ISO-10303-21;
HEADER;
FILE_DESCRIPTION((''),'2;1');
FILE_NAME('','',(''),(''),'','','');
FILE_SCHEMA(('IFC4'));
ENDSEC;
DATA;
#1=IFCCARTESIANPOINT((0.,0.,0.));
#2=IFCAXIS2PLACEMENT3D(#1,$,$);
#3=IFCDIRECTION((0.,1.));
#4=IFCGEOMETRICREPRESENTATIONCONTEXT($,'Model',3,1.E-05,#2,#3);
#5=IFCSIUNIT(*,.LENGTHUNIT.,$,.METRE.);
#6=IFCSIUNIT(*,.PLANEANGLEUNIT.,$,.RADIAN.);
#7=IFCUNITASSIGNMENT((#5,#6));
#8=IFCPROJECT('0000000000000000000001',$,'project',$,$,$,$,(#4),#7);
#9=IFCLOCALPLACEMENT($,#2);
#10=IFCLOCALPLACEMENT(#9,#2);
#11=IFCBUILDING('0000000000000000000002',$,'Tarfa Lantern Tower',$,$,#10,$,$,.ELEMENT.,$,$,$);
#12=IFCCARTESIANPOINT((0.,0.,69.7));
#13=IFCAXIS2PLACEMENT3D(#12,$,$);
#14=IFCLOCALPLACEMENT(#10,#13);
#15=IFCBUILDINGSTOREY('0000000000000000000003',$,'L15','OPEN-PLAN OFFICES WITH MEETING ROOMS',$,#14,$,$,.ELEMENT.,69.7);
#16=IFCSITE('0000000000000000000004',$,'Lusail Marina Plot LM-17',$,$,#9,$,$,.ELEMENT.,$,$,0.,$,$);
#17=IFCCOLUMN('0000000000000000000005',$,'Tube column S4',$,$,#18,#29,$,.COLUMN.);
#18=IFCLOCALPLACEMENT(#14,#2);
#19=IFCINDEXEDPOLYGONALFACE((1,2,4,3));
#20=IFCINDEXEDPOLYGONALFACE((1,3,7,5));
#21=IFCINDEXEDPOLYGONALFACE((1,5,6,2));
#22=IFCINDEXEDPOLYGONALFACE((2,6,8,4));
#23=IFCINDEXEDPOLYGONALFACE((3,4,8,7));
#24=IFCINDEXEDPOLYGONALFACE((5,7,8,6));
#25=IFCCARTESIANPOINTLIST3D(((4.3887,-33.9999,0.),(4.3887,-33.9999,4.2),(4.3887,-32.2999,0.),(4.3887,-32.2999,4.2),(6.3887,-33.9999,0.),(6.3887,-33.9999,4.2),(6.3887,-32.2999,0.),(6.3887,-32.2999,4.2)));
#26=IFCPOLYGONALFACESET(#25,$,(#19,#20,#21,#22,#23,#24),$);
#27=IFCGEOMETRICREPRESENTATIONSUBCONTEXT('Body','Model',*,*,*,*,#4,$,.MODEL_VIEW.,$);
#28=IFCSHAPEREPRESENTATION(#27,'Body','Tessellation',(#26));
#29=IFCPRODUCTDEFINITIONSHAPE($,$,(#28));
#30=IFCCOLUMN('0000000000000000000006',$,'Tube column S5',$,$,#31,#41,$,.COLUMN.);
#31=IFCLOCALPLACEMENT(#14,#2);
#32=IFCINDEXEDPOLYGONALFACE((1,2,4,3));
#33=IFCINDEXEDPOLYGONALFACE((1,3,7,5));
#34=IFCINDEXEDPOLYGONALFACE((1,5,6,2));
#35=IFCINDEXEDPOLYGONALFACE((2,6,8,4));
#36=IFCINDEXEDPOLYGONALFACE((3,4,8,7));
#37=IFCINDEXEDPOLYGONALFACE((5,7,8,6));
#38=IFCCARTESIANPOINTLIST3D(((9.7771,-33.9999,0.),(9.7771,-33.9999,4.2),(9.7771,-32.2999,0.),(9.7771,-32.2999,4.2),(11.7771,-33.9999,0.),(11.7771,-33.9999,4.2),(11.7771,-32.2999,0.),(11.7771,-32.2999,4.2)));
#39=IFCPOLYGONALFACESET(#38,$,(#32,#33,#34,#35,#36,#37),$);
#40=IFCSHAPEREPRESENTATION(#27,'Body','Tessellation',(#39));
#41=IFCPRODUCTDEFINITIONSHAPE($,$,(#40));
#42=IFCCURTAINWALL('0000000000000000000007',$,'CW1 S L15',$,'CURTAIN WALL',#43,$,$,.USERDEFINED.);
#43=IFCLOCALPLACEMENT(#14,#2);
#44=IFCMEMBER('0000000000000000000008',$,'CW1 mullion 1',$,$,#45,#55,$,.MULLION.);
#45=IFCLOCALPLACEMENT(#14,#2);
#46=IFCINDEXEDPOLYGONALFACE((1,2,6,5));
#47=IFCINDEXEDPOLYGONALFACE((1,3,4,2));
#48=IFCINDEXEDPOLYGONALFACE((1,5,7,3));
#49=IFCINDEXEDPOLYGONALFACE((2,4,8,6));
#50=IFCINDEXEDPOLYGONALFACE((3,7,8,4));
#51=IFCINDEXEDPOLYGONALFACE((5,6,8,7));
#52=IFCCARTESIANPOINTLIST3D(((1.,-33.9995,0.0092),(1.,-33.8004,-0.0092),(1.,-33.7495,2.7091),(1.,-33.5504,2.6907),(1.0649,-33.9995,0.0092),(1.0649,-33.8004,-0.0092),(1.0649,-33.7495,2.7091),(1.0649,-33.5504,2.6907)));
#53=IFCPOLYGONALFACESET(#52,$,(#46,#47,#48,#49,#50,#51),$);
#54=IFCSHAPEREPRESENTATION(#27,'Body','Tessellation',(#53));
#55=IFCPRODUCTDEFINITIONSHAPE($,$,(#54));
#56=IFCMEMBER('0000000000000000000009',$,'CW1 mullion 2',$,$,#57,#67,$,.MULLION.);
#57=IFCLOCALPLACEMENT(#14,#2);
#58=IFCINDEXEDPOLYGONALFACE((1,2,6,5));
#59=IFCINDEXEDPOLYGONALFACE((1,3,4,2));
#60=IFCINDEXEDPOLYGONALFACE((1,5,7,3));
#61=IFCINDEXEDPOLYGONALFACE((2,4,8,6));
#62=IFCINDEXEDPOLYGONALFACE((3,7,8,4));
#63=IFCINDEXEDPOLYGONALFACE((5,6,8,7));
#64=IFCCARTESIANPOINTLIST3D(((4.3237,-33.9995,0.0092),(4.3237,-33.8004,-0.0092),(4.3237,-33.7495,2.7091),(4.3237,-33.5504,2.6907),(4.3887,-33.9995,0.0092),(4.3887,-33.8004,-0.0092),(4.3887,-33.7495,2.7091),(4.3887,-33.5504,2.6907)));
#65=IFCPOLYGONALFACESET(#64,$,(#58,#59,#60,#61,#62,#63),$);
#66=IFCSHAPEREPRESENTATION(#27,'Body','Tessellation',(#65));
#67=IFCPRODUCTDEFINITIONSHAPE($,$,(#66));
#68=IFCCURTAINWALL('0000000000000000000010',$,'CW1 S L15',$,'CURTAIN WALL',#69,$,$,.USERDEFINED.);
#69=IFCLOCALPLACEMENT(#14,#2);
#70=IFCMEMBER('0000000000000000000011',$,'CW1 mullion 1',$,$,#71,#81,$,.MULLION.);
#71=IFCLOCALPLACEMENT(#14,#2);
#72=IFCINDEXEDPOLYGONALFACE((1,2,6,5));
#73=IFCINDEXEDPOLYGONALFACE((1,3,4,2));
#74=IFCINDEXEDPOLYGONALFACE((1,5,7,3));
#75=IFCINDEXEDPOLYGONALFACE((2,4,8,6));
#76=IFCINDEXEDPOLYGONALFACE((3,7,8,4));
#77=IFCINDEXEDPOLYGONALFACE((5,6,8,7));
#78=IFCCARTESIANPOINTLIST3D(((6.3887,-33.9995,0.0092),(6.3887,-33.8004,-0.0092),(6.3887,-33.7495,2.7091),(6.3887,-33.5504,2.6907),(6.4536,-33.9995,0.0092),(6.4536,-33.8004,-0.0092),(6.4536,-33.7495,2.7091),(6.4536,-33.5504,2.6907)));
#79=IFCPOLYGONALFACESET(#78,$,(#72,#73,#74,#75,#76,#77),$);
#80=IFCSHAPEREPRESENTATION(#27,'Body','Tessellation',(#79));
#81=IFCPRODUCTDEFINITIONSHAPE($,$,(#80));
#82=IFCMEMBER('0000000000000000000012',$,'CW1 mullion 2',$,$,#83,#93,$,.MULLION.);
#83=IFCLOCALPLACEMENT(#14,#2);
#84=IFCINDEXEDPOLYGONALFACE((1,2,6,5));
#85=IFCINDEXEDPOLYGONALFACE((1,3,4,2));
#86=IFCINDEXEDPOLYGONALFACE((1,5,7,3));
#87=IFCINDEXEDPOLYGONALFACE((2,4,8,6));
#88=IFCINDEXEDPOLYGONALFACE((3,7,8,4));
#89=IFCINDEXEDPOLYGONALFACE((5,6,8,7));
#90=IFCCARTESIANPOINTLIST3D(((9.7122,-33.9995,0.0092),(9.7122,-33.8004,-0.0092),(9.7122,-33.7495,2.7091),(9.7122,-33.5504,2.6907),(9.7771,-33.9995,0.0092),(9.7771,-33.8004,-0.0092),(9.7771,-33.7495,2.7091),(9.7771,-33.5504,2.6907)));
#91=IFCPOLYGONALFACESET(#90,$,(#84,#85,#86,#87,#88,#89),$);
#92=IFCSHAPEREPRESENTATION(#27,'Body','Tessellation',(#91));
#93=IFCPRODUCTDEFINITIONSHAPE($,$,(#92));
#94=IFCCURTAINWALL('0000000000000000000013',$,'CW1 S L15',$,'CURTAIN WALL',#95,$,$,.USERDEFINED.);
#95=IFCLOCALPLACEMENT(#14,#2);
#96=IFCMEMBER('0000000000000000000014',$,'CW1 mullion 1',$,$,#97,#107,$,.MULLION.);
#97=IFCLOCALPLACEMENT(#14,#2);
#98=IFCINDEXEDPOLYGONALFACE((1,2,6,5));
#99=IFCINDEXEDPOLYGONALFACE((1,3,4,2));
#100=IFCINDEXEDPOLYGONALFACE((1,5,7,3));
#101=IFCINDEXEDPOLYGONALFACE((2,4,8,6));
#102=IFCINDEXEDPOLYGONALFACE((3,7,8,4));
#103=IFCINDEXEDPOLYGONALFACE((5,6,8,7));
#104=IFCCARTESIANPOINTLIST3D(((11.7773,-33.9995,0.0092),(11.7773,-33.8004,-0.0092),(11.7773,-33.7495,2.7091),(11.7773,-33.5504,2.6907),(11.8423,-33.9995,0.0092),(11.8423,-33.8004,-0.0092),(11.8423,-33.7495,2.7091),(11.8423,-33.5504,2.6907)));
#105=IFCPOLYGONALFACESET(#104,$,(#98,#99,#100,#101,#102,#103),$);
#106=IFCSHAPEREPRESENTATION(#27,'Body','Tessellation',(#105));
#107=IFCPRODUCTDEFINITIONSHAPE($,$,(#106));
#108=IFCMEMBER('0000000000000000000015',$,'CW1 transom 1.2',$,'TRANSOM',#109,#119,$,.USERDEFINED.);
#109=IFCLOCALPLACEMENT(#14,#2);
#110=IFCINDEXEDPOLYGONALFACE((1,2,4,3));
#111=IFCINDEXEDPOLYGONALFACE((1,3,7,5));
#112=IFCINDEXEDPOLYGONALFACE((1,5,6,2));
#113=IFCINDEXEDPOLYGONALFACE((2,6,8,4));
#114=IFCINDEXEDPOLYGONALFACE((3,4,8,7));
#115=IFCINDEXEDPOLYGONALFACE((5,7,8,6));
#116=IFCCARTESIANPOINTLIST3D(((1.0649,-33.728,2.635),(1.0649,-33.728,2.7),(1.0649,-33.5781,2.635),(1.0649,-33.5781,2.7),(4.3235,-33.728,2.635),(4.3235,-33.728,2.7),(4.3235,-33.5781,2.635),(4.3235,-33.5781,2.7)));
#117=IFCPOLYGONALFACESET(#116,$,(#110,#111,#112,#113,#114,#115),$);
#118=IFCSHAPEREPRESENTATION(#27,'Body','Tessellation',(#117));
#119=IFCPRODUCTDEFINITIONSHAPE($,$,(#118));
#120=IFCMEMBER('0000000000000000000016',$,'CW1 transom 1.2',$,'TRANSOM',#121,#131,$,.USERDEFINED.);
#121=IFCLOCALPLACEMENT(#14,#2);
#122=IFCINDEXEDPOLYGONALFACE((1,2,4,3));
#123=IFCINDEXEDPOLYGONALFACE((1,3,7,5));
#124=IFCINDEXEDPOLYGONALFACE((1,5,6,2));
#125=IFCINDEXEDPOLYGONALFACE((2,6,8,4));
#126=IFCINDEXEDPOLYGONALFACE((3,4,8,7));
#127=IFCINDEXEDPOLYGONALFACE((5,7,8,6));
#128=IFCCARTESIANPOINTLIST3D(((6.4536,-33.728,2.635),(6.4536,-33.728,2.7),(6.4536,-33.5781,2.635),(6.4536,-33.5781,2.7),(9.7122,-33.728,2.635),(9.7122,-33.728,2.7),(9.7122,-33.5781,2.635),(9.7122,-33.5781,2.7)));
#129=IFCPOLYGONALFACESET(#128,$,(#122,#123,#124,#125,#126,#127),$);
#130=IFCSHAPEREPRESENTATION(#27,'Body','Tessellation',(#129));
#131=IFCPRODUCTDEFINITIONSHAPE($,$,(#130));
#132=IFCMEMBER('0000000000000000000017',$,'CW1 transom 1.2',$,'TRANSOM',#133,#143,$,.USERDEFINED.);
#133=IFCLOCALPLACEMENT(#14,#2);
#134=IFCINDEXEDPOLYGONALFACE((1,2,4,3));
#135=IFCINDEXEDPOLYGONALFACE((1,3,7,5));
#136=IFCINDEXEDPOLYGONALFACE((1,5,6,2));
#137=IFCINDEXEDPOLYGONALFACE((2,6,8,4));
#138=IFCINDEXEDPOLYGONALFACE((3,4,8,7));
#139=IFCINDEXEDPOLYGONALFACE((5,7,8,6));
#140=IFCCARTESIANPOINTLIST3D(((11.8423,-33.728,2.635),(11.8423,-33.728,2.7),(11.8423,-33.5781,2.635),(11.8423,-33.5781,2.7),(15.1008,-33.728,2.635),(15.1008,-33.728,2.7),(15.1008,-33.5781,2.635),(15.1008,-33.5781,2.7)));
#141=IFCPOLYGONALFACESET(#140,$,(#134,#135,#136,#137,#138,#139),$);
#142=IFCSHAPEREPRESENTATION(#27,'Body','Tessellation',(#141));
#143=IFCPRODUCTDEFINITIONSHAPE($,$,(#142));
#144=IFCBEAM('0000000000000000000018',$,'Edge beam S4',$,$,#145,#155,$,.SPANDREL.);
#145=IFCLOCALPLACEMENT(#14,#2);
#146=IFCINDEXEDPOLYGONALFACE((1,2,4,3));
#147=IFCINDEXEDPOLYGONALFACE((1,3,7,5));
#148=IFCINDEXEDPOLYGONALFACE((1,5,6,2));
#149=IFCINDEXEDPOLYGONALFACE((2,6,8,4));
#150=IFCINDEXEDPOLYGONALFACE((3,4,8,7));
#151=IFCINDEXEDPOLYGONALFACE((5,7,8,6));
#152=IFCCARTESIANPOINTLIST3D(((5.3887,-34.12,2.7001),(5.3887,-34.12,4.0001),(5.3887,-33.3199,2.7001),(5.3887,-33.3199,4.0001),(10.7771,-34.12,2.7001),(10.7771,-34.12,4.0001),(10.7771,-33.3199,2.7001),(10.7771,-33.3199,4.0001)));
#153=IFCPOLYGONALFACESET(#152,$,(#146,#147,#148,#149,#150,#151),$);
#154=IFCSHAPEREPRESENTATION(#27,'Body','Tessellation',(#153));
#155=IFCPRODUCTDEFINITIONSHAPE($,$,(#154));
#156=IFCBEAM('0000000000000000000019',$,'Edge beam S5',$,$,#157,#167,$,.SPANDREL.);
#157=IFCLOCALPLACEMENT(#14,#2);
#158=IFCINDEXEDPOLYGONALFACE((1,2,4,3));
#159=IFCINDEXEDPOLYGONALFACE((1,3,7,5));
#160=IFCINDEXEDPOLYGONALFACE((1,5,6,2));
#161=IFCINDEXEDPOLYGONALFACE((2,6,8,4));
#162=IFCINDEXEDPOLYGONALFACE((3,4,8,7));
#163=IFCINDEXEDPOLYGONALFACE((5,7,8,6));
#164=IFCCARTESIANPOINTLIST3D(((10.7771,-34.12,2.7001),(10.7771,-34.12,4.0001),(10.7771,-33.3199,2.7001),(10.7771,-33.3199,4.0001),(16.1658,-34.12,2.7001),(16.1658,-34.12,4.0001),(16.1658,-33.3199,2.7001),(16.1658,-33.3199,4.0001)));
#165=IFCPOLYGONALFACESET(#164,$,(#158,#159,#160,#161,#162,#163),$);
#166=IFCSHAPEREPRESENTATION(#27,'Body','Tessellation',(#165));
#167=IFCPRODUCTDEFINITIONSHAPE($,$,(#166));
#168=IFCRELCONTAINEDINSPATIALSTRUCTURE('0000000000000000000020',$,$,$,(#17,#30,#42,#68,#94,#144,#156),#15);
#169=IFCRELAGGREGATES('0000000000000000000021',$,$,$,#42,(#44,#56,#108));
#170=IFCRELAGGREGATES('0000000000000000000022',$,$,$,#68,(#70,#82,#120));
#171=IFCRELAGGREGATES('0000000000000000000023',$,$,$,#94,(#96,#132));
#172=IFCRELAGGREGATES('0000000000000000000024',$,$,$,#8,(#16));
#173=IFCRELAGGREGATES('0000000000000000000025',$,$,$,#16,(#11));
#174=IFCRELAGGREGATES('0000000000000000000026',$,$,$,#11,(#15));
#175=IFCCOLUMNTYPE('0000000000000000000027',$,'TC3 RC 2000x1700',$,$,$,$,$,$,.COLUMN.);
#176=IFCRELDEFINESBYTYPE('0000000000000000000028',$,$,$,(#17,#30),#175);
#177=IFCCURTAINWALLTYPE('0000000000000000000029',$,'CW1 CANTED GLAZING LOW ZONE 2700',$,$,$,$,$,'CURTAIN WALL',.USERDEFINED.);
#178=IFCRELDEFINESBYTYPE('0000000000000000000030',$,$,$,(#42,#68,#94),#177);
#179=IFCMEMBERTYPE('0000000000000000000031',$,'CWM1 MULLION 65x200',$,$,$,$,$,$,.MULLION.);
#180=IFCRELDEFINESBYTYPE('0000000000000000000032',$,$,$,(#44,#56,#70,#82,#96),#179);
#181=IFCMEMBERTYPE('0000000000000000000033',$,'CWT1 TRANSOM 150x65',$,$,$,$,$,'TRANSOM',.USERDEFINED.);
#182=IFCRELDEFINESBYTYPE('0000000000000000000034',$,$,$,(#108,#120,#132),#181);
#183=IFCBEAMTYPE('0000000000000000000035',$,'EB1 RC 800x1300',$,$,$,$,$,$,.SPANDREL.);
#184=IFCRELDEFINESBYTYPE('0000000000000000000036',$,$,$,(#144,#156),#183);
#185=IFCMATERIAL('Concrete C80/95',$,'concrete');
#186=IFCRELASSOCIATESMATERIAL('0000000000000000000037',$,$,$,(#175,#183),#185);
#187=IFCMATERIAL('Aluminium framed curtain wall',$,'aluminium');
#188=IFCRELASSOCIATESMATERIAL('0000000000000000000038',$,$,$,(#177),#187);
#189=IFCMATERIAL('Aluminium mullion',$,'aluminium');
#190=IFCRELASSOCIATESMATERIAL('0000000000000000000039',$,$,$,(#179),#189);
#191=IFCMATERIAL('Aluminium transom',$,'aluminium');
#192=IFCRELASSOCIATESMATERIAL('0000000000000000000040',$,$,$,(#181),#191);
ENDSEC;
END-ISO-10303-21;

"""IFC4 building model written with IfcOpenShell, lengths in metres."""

from ifc_helpers import new_model, si_unit, direction, frame, origin, origin_2d, place, context, subcontext, project, spatial, rectangle, extrude, material, material_profile, profile_set, type_object, element, aggregate, save


model = new_model("IFC4")

# Units and contexts
model_context = context("Model", 3, precision=1e-05, world=origin(), true_north=direction((0.0, 1.0)))
body_context = subcontext(model_context, "Body", "Model", "MODEL_VIEW")
ifc_project = project(units=[si_unit("LENGTHUNIT", "METRE"), si_unit("PLANEANGLEUNIT", "RADIAN")], contexts=[model_context])

# Site, building, storey
site_placement = place(None, origin())
site = spatial("IfcSite", under=ifc_project, at=site_placement, Name="Lusail Marina Plot LM-17", CompositionType="ELEMENT", RefElevation=0.0)
building_placement = place(site_placement, origin())
building = spatial("IfcBuilding", under=site, at=building_placement, Name="Tarfa Lantern Tower", CompositionType="ELEMENT")
storey_placement = place(building_placement, frame((0.0, 0.0, 69.7)))
storey = spatial("IfcBuildingStorey", under=building, at=storey_placement, Name="L15", Description="OPEN-PLAN OFFICES WITH MEETING ROOMS", CompositionType="ELEMENT", Elevation=69.7)

# Columns
ifc_material_1 = material(Name="Concrete C80/95", Category="concrete")
ifc_material_profile_1 = material_profile(ifc_material_1, rectangle(XDim=2.0, YDim=1.7, at=origin_2d()), Name="RC 2000x1700")
ifc_profile_set_1 = profile_set([ifc_material_profile_1], Name="Concrete C80/95")
column_type = type_object("IfcColumnType", Name="TC3 RC 2000x1700", PredefinedType="COLUMN", material=ifc_profile_set_1)
for number, where, z_axis, x_axis, name in (
    (1, (5.3887, -33.1499, 0.0), (0.0, 0.0, 1.0), (1.0, 0.0, 0.0), "Tube column S4"),
    (2, (10.7771, -33.1499, 0.0), (0.0, 0.0, 1.0), (1.0, 0.0, 0.0), "Tube column S5"),
):
    element("IfcColumn", number, at=place(storey_placement, frame(where, z_axis=z_axis, x_axis=x_axis)), inside=storey, type_object=column_type, Name=name, PredefinedType="COLUMN", context=body_context, shape_type="SweptSolid", body=[
        extrude(rectangle(XDim=2.0, YDim=1.7, at=origin_2d()), origin(), (0.0, 0.0, 1.0), 4.2),
    ])

# Curtain walls, members
ifc_material_2 = material(Name="Aluminium framed curtain wall", Category="aluminium")
curtain_wall_type = type_object("IfcCurtainWallType", Name="CW1 CANTED GLAZING LOW ZONE 2700", ElementType="CURTAIN WALL", PredefinedType="USERDEFINED", material=ifc_material_2)
curtain_wall_1_placement = place(storey_placement, origin())
curtain_wall_1 = element("IfcCurtainWall", 3, at=curtain_wall_1_placement, inside=storey, type_object=curtain_wall_type, Name="CW1 S L15", ObjectType="CURTAIN WALL", PredefinedType="USERDEFINED")
ifc_material_3 = material(Name="Aluminium mullion", Category="aluminium")
ifc_material_profile_2 = material_profile(ifc_material_3, rectangle(XDim=0.0649, YDim=0.2, at=origin_2d()), Name="AL MULLION 65x200")
ifc_profile_set_2 = profile_set([ifc_material_profile_2], Name="Aluminium mullion")
member_type_1 = type_object("IfcMemberType", Name="CWM1 MULLION 65x200", PredefinedType="MULLION", material=ifc_profile_set_2)
member_1_placement = place(storey_placement, frame((1.0325, -33.8999, 0.0), z_axis=(0.0, 0.0922, 0.995741), x_axis=(-1.0, 0.0, 0.0)))
member_1 = element("IfcMember", 4, at=member_1_placement, type_object=member_type_1, Name="CW1 mullion 1", PredefinedType="MULLION", context=body_context, shape_type="SweptSolid", body=[
    extrude(rectangle(XDim=0.0649, YDim=0.2, at=origin_2d()), origin(), (0.0, 0.0, 1.0), 2.7114),
])
member_2_placement = place(storey_placement, frame((4.3562, -33.8999, 0.0), z_axis=(0.0, 0.0922, 0.995741), x_axis=(-1.0, 0.0, 0.0)))
member_2 = element("IfcMember", 5, at=member_2_placement, type_object=member_type_1, Name="CW1 mullion 2", PredefinedType="MULLION", context=body_context, shape_type="SweptSolid", body=[
    extrude(rectangle(XDim=0.0649, YDim=0.2, at=origin_2d()), origin(), (0.0, 0.0, 1.0), 2.7114),
])
curtain_wall_2_placement = place(storey_placement, origin())
curtain_wall_2 = element("IfcCurtainWall", 6, at=curtain_wall_2_placement, inside=storey, type_object=curtain_wall_type, Name="CW1 S L15", ObjectType="CURTAIN WALL", PredefinedType="USERDEFINED")
member_3_placement = place(storey_placement, frame((6.4211, -33.8999, 0.0), z_axis=(0.0, 0.0922, 0.995741), x_axis=(-1.0, 0.0, 0.0)))
member_3 = element("IfcMember", 7, at=member_3_placement, type_object=member_type_1, Name="CW1 mullion 1", PredefinedType="MULLION", context=body_context, shape_type="SweptSolid", body=[
    extrude(rectangle(XDim=0.0649, YDim=0.2, at=origin_2d()), origin(), (0.0, 0.0, 1.0), 2.7114),
])
member_4_placement = place(storey_placement, frame((9.7446, -33.8999, 0.0), z_axis=(0.0, 0.0922, 0.995741), x_axis=(-1.0, 0.0, 0.0)))
member_4 = element("IfcMember", 8, at=member_4_placement, type_object=member_type_1, Name="CW1 mullion 2", PredefinedType="MULLION", context=body_context, shape_type="SweptSolid", body=[
    extrude(rectangle(XDim=0.0649, YDim=0.2, at=origin_2d()), origin(), (0.0, 0.0, 1.0), 2.7114),
])

# Curtain wall, member
curtain_wall_3_placement = place(storey_placement, origin())
curtain_wall_3 = element("IfcCurtainWall", 9, at=curtain_wall_3_placement, inside=storey, type_object=curtain_wall_type, Name="CW1 S L15", ObjectType="CURTAIN WALL", PredefinedType="USERDEFINED")
member_5_placement = place(storey_placement, frame((11.8098, -33.8999, 0.0), z_axis=(0.0, 0.0922, 0.995741), x_axis=(-1.0, 0.0, 0.0)))
member_5 = element("IfcMember", 10, at=member_5_placement, type_object=member_type_1, Name="CW1 mullion 1", PredefinedType="MULLION", context=body_context, shape_type="SweptSolid", body=[
    extrude(rectangle(XDim=0.0649, YDim=0.2, at=origin_2d()), origin(), (0.0, 0.0, 1.0), 2.7114),
])

# Members
ifc_material_4 = material(Name="Aluminium transom", Category="aluminium")
ifc_material_profile_3 = material_profile(ifc_material_4, rectangle(XDim=0.1499, YDim=0.0649, at=origin_2d()), Name="AL TRANSOM 150x65")
ifc_profile_set_3 = profile_set([ifc_material_profile_3], Name="Aluminium transom")
member_type_2 = type_object("IfcMemberType", Name="CWT1 TRANSOM 150x65", ElementType="TRANSOM", PredefinedType="USERDEFINED", material=ifc_profile_set_3)
member_6_placement = place(storey_placement, frame((1.0649, -33.6531, 2.6675), z_axis=(1.0, 0.0, 0.0), x_axis=(0.0, 1.0, 0.0)))
member_6 = element("IfcMember", 11, at=member_6_placement, type_object=member_type_2, Name="CW1 transom 1.2", ObjectType="TRANSOM", PredefinedType="USERDEFINED", context=body_context, shape_type="SweptSolid", body=[
    extrude(rectangle(XDim=0.1499, YDim=0.0649, at=origin_2d()), origin(), (0.0, 0.0, 1.0), 3.2585),
])
member_7_placement = place(storey_placement, frame((6.4536, -33.6531, 2.6675), z_axis=(1.0, 0.0, 0.0), x_axis=(0.0, 1.0, 0.0)))
member_7 = element("IfcMember", 12, at=member_7_placement, type_object=member_type_2, Name="CW1 transom 1.2", ObjectType="TRANSOM", PredefinedType="USERDEFINED", context=body_context, shape_type="SweptSolid", body=[
    extrude(rectangle(XDim=0.1499, YDim=0.0649, at=origin_2d()), origin(), (0.0, 0.0, 1.0), 3.2585),
])
member_8_placement = place(storey_placement, frame((11.8423, -33.6531, 2.6675), z_axis=(1.0, 0.0, 0.0), x_axis=(0.0, 1.0, 0.0)))
member_8 = element("IfcMember", 13, at=member_8_placement, type_object=member_type_2, Name="CW1 transom 1.2", ObjectType="TRANSOM", PredefinedType="USERDEFINED", context=body_context, shape_type="SweptSolid", body=[
    extrude(rectangle(XDim=0.1499, YDim=0.0649, at=origin_2d()), origin(), (0.0, 0.0, 1.0), 3.2585),
])

# Beams
ifc_material_profile_4 = material_profile(ifc_material_1, rectangle(XDim=0.8, YDim=1.3, at=origin_2d()), Name="RC 800x1300")
ifc_profile_set_4 = profile_set([ifc_material_profile_4], Name="Concrete C80/95")
beam_type_1 = type_object("IfcBeamType", Name="EB1 RC 800x1300", PredefinedType="SPANDREL", material=ifc_profile_set_4)
beam_1_placement = place(storey_placement, frame((5.3887, -33.72, 3.3501), z_axis=(1.0, 0.0, 0.0), x_axis=(0.0, 1.0, 0.0)))
element("IfcBeam", 14, at=beam_1_placement, inside=storey, type_object=beam_type_1, Name="Edge beam S4", PredefinedType="SPANDREL", context=body_context, shape_type="SweptSolid", body=[
    extrude(rectangle(XDim=0.8, YDim=1.3, at=origin_2d()), origin(), (0.0, 0.0, 1.0), 5.3884),
])
beam_2_placement = place(storey_placement, frame((10.7771, -33.72, 3.3501), z_axis=(1.0, 0.0, 0.0), x_axis=(0.0, 1.0, 0.0)))
element("IfcBeam", 15, at=beam_2_placement, inside=storey, type_object=beam_type_1, Name="Edge beam S5", PredefinedType="SPANDREL", context=body_context, shape_type="SweptSolid", body=[
    extrude(rectangle(XDim=0.8, YDim=1.3, at=origin_2d()), origin(), (0.0, 0.0, 1.0), 5.3887),
])

aggregate(curtain_wall_1, [member_1, member_2, member_6])
aggregate(curtain_wall_2, [member_3, member_4, member_7])
aggregate(curtain_wall_3, [member_5, member_8])

save(model, "model.ifc")
